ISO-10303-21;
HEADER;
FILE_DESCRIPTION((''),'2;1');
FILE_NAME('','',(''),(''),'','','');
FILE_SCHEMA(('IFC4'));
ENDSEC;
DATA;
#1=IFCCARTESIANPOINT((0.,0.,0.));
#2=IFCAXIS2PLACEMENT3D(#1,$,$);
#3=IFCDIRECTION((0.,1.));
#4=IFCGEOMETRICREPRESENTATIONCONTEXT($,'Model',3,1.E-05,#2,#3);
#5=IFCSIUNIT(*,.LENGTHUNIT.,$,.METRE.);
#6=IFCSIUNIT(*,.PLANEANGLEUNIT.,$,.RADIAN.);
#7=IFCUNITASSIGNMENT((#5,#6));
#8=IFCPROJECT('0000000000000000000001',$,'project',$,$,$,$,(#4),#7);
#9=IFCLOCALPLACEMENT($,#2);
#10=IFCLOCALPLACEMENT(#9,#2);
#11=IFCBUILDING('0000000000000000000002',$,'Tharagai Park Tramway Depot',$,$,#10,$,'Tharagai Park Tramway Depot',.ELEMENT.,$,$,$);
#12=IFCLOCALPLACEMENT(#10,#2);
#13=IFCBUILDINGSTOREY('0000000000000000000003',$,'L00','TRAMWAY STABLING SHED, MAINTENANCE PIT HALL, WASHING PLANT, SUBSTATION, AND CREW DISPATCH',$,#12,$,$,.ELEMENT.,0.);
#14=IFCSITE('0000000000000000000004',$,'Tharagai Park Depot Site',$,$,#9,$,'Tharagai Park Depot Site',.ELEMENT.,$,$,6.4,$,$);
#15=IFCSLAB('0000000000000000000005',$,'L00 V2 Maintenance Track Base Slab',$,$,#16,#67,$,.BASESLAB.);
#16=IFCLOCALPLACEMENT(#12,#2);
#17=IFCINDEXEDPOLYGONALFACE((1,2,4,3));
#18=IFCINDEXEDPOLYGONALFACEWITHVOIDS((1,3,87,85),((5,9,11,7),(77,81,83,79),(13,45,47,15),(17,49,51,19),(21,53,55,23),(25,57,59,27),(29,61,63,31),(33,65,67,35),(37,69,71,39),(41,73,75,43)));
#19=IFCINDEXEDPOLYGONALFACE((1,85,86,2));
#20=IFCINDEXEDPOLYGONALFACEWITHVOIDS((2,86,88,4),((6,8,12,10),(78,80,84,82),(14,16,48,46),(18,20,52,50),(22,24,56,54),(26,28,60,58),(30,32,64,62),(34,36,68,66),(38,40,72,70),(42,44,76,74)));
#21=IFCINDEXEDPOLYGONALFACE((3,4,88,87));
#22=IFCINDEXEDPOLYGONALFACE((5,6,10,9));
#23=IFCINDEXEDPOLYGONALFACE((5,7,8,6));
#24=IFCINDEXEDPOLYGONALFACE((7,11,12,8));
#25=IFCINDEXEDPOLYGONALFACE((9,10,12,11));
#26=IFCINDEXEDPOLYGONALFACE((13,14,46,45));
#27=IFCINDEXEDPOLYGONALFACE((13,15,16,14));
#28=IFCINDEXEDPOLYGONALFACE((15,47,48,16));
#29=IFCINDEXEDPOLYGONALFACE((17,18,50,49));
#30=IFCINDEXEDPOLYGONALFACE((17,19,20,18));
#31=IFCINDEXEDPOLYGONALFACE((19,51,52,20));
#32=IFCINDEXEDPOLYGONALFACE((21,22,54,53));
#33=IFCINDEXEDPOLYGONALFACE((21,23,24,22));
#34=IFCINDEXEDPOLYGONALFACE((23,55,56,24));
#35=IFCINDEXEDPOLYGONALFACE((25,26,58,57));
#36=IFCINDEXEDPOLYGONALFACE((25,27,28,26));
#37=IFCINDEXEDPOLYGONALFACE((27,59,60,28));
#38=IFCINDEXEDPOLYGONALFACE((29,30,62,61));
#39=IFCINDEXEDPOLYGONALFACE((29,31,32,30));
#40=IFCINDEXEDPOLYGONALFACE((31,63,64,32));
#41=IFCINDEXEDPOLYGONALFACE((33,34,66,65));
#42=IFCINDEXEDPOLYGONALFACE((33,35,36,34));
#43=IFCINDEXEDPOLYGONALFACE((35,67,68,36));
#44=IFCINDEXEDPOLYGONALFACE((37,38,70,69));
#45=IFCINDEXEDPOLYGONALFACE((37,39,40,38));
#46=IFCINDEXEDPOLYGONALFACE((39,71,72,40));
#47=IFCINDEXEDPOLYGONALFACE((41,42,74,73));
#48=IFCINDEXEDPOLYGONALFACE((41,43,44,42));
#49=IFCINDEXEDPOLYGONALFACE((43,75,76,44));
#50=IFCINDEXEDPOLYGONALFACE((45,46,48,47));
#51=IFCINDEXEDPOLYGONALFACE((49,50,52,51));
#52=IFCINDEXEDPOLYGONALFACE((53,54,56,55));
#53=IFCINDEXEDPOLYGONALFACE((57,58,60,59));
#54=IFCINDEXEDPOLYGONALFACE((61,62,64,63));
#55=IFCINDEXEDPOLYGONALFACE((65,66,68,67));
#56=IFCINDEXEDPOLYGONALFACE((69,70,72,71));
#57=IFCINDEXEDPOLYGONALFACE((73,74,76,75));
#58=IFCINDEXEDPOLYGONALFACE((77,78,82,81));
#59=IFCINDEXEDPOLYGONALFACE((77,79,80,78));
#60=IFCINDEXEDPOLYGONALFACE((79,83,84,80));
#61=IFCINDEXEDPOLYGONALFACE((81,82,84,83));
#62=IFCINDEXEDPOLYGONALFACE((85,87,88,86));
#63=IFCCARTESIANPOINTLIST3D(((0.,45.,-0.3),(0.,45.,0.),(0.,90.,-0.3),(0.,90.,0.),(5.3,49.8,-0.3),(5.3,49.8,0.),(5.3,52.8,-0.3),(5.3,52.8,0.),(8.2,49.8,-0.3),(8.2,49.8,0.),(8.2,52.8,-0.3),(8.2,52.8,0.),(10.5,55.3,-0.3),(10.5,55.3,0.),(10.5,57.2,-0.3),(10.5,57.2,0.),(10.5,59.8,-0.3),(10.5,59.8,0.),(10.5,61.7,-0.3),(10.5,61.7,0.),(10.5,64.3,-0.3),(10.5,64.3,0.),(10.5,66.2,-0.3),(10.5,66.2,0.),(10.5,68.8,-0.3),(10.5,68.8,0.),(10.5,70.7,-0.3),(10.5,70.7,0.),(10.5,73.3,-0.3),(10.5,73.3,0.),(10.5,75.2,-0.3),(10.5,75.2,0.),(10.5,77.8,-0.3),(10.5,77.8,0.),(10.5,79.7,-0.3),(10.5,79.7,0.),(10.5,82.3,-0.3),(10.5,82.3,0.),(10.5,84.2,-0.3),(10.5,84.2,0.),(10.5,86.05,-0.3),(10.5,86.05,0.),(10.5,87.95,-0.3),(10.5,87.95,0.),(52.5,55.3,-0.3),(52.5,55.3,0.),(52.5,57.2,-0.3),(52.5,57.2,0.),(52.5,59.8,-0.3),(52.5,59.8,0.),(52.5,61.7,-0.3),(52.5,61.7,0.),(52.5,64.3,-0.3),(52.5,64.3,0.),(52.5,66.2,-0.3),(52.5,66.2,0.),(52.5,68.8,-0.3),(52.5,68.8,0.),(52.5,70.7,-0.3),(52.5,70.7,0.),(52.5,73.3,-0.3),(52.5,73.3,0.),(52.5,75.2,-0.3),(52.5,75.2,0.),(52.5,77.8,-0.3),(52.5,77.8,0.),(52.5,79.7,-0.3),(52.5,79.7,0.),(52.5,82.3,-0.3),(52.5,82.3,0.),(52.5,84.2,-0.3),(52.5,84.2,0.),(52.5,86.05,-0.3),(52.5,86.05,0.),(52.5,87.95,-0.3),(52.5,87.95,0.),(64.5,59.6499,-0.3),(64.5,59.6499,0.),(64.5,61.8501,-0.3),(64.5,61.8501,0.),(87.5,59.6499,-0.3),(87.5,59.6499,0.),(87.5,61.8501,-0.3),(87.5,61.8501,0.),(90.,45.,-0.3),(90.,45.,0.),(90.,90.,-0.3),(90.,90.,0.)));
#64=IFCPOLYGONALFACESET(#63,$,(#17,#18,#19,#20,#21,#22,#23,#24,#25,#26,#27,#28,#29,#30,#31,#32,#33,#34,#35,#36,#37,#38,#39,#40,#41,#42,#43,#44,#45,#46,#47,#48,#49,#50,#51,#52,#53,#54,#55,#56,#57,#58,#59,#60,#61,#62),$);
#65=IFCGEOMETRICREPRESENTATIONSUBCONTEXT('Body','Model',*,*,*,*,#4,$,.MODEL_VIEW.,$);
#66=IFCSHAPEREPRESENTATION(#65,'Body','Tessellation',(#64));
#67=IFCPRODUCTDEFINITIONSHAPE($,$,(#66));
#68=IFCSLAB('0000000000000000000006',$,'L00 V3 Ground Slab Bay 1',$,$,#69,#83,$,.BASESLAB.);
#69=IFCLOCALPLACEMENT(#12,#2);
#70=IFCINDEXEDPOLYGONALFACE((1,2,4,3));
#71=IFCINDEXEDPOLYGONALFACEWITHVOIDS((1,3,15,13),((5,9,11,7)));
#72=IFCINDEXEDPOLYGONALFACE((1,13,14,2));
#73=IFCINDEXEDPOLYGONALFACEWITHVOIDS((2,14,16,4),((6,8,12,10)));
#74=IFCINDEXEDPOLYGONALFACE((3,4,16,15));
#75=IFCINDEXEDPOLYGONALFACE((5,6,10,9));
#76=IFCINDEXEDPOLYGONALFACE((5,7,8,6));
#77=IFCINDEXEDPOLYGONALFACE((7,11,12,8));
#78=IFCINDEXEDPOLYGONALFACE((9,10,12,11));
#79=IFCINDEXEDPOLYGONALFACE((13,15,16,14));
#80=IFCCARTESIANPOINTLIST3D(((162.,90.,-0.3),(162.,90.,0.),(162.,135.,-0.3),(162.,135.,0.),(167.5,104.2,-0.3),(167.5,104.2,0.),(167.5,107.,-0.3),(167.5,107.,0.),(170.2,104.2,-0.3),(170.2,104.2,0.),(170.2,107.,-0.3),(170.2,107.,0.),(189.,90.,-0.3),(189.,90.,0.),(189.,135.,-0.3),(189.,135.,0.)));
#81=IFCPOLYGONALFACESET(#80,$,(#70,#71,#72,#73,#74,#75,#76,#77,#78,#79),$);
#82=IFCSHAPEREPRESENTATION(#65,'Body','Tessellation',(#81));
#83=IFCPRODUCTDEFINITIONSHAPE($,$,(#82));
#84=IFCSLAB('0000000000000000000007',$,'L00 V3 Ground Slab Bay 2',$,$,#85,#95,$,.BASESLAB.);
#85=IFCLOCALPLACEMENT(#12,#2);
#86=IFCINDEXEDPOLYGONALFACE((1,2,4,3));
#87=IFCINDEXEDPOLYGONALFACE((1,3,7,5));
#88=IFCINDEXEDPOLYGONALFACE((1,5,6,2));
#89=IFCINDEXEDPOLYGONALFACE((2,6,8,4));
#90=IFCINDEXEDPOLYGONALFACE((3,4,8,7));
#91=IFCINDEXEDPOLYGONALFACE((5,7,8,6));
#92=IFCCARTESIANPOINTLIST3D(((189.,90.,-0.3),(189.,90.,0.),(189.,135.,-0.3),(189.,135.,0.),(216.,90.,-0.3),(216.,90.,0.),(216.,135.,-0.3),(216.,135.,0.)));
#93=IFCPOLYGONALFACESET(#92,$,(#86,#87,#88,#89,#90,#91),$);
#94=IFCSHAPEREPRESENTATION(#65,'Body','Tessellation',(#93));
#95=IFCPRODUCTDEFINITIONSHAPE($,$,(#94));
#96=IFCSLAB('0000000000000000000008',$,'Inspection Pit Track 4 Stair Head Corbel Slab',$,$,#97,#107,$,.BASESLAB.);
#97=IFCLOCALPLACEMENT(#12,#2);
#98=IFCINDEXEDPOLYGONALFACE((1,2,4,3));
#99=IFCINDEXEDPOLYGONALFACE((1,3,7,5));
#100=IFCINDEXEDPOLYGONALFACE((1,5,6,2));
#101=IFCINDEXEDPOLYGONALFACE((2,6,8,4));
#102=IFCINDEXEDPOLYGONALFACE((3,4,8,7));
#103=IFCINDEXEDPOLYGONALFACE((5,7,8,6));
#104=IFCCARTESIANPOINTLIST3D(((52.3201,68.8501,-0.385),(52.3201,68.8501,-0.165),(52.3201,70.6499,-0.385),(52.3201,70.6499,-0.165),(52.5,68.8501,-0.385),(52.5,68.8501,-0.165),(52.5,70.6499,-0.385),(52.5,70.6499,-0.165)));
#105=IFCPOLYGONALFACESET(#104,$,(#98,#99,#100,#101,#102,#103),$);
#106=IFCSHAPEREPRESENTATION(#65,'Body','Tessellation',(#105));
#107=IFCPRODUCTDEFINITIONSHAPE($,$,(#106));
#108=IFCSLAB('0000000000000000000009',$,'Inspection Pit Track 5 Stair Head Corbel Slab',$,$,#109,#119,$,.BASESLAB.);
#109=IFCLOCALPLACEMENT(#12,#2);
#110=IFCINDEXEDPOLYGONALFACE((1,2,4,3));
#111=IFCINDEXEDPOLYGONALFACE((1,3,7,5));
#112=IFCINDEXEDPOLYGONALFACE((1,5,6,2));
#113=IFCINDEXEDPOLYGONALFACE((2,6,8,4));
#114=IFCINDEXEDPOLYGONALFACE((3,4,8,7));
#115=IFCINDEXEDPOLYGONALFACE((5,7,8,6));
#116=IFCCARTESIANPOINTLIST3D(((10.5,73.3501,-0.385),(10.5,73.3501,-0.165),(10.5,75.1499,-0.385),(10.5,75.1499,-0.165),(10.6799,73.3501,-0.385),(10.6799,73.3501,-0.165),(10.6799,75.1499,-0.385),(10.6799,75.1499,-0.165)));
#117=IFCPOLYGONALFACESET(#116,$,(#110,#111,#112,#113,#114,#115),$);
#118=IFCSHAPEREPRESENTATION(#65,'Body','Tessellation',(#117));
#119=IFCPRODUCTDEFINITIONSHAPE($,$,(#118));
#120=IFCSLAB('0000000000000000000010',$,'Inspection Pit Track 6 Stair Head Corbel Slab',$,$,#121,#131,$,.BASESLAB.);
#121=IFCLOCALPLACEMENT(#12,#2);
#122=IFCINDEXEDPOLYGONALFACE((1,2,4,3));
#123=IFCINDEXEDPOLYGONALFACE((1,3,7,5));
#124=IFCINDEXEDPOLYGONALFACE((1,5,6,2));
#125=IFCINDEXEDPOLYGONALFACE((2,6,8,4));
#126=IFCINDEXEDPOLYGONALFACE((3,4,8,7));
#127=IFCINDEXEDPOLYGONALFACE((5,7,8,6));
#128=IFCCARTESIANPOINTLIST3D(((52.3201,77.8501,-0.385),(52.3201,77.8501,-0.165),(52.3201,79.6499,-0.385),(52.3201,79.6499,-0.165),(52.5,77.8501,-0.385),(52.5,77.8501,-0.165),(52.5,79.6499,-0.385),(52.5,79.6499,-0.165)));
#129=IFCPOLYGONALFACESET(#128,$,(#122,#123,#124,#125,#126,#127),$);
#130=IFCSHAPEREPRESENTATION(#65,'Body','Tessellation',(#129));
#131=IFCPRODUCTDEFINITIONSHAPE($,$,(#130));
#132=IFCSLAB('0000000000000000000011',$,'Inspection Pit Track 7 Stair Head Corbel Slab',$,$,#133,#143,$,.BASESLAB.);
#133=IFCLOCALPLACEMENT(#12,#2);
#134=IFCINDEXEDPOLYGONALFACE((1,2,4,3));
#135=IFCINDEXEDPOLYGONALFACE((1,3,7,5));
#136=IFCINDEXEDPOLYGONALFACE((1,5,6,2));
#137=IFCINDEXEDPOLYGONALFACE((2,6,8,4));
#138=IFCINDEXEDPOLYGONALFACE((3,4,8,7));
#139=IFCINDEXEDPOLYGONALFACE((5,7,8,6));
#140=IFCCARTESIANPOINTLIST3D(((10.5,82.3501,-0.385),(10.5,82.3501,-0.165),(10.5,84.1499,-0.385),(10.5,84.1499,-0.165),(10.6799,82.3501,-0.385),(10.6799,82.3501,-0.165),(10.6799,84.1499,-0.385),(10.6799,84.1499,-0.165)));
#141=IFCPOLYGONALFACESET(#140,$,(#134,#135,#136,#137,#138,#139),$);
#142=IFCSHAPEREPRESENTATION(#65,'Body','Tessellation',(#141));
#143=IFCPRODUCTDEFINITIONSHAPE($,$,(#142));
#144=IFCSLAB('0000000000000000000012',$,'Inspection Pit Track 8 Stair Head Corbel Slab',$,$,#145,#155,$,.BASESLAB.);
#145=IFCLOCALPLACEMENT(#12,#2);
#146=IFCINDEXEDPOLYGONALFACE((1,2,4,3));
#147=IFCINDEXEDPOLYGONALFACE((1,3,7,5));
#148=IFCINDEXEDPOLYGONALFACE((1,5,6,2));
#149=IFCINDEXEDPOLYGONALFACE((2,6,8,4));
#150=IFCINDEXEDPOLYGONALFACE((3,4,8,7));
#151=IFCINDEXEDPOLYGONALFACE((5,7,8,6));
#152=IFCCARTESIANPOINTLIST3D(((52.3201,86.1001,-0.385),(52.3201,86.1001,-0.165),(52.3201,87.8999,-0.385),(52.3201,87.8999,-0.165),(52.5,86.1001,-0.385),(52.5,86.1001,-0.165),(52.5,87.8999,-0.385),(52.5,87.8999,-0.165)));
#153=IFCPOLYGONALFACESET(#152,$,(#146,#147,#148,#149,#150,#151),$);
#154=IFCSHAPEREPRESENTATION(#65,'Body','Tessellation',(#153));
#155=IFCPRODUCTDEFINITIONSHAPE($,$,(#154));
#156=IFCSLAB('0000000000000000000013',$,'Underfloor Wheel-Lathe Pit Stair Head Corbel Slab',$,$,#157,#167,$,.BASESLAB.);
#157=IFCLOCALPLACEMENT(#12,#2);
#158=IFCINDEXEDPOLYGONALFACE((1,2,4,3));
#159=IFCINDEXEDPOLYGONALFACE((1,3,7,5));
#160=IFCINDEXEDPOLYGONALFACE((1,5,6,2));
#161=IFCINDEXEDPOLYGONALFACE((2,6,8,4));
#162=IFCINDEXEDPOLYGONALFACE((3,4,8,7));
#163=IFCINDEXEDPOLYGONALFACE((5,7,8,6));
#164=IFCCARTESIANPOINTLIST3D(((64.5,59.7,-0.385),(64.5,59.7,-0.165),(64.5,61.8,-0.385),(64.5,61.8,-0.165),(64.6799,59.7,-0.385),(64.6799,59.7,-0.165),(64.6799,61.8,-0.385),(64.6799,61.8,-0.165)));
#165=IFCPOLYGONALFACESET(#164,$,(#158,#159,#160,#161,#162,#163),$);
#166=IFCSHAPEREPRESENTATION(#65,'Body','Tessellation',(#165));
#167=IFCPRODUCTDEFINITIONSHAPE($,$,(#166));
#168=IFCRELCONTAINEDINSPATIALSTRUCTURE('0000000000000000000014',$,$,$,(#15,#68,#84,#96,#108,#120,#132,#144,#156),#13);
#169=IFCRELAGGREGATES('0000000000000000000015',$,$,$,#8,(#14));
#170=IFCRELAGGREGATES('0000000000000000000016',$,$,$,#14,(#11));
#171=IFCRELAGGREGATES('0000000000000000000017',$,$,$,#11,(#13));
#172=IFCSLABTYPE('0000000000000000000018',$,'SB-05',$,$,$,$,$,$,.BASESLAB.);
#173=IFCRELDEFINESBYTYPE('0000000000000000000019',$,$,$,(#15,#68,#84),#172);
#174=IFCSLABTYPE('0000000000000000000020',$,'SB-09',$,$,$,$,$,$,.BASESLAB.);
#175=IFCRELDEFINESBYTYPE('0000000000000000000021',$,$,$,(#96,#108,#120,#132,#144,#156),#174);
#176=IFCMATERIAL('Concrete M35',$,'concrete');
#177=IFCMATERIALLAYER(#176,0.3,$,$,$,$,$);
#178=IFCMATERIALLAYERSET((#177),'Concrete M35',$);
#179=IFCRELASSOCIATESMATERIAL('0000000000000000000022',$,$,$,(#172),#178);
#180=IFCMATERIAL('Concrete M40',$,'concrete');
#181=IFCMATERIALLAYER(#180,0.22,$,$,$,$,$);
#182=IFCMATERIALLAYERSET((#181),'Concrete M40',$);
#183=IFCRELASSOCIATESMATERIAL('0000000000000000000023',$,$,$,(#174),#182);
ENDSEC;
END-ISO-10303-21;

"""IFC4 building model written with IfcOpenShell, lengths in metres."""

from ifc_helpers import new_model, si_unit, direction, frame, origin, place, context, subcontext, project, spatial, polyline, outline, extrude, material, layer, layer_set, type_object, element, save


model = new_model("IFC4")

# Units and contexts
model_context = context("Model", 3, precision=1e-05, world=origin(), true_north=direction((0.0, 1.0)))
body_context = subcontext(model_context, "Body", "Model", "MODEL_VIEW")
ifc_project = project(units=[si_unit("LENGTHUNIT", "METRE"), si_unit("PLANEANGLEUNIT", "RADIAN")], contexts=[model_context])

# Site, building, storey
site_placement = place(None, origin())
site = spatial("IfcSite", under=ifc_project, at=site_placement, Name="Tharagai Park Depot Site", LongName="Tharagai Park Depot Site", CompositionType="ELEMENT", RefElevation=6.4)
building_placement = place(site_placement, origin())
building = spatial("IfcBuilding", under=site, at=building_placement, Name="Tharagai Park Tramway Depot", LongName="Tharagai Park Tramway Depot", CompositionType="ELEMENT")
storey_placement = place(building_placement, origin())
storey = spatial("IfcBuildingStorey", under=building, at=storey_placement, Name="L00", Description="TRAMWAY STABLING SHED, MAINTENANCE PIT HALL, WASHING PLANT, SUBSTATION, AND CREW DISPATCH", CompositionType="ELEMENT", Elevation=0.0)

# Slabs
ifc_material_1 = material(Name="Concrete M35", Category="concrete")
ifc_layer_1 = layer(ifc_material_1, 0.3)
ifc_layer_set_1 = layer_set([ifc_layer_1], Name="Concrete M35")
slab_type_1 = type_object("IfcSlabType", Name="SB-05", PredefinedType="BASESLAB", material=ifc_layer_set_1)
slab_1_placement = place(storey_placement, frame((0.0, 0.0, -0.3)))
element("IfcSlab", 1, at=slab_1_placement, inside=storey, type_object=slab_type_1, Name="L00 V2 Maintenance Track Base Slab", PredefinedType="BASESLAB", context=body_context, shape_type="SweptSolid", body=[
    extrude(outline(polyline([(0.0, 45.0), (90.0, 45.0), (90.0, 90.0), (0.0, 90.0), (0.0, 45.0)]), holes=[polyline([(10.5, 55.3), (52.5, 55.3), (52.5, 57.2), (10.5, 57.2), (10.5, 55.3)]), polyline([(10.5, 59.8), (52.5, 59.8), (52.5, 61.7), (10.5, 61.7), (10.5, 59.8)]), polyline([(10.5, 64.3), (52.5, 64.3), (52.5, 66.2), (10.5, 66.2), (10.5, 64.3)]), polyline([(10.5, 68.8), (52.5, 68.8), (52.5, 70.7), (10.5, 70.7), (10.5, 68.8)]), polyline([(10.5, 73.3), (52.5, 73.3), (52.5, 75.2), (10.5, 75.2), (10.5, 73.3)]), polyline([(10.5, 77.8), (52.5, 77.8), (52.5, 79.7), (10.5, 79.7), (10.5, 77.8)]), polyline([(10.5, 82.3), (52.5, 82.3), (52.5, 84.2), (10.5, 84.2), (10.5, 82.3)]), polyline([(10.5, 86.05), (52.5, 86.05), (52.5, 87.95), (10.5, 87.95), (10.5, 86.05)]), polyline([(64.5, 59.6499), (87.5, 59.6499), (87.5, 61.8501), (64.5, 61.8501), (64.5, 59.6499)]), polyline([(5.3, 49.8), (8.2, 49.8), (8.2, 52.8), (5.3, 52.8), (5.3, 49.8)])]), origin(), (0.0, 0.0, 1.0), 0.3),
])
slab_2_placement = place(storey_placement, frame((0.0, 0.0, -0.3)))
element("IfcSlab", 2, at=slab_2_placement, inside=storey, type_object=slab_type_1, Name="L00 V3 Ground Slab Bay 1", PredefinedType="BASESLAB", context=body_context, shape_type="SweptSolid", body=[
    extrude(outline(polyline([(162.0, 90.0), (189.0, 90.0), (189.0, 135.0), (162.0, 135.0), (162.0, 90.0)]), holes=[polyline([(167.5, 104.2), (170.2, 104.2), (170.2, 107.0), (167.5, 107.0), (167.5, 104.2)])]), origin(), (0.0, 0.0, 1.0), 0.3),
])
slab_3_placement = place(storey_placement, frame((0.0, 0.0, -0.3)))
element("IfcSlab", 3, at=slab_3_placement, inside=storey, type_object=slab_type_1, Name="L00 V3 Ground Slab Bay 2", PredefinedType="BASESLAB", context=body_context, shape_type="SweptSolid", body=[
    extrude(outline(polyline([(189.0, 90.0), (216.0, 90.0), (216.0, 135.0), (189.0, 135.0), (189.0, 90.0)])), origin(), (0.0, 0.0, 1.0), 0.3),
])
ifc_material_2 = material(Name="Concrete M40", Category="concrete")
ifc_layer_2 = layer(ifc_material_2, 0.22)
ifc_layer_set_2 = layer_set([ifc_layer_2], Name="Concrete M40")
slab_type_2 = type_object("IfcSlabType", Name="SB-09", PredefinedType="BASESLAB", material=ifc_layer_set_2)
slab_4_placement = place(storey_placement, frame((0.0, 0.0, -0.385)))
element("IfcSlab", 4, at=slab_4_placement, inside=storey, type_object=slab_type_2, Name="Inspection Pit Track 4 Stair Head Corbel Slab", PredefinedType="BASESLAB", context=body_context, shape_type="SweptSolid", body=[
    extrude(outline(polyline([(52.3201, 68.8501), (52.5, 68.8501), (52.5, 70.6499), (52.3201, 70.6499), (52.3201, 68.8501)])), origin(), (0.0, 0.0, 1.0), 0.22),
])
slab_5_placement = place(storey_placement, frame((0.0, 0.0, -0.385)))
element("IfcSlab", 5, at=slab_5_placement, inside=storey, type_object=slab_type_2, Name="Inspection Pit Track 5 Stair Head Corbel Slab", PredefinedType="BASESLAB", context=body_context, shape_type="SweptSolid", body=[
    extrude(outline(polyline([(10.5, 73.3501), (10.6799, 73.3501), (10.6799, 75.1499), (10.5, 75.1499), (10.5, 73.3501)])), origin(), (0.0, 0.0, 1.0), 0.22),
])
slab_6_placement = place(storey_placement, frame((0.0, 0.0, -0.385)))
element("IfcSlab", 6, at=slab_6_placement, inside=storey, type_object=slab_type_2, Name="Inspection Pit Track 6 Stair Head Corbel Slab", PredefinedType="BASESLAB", context=body_context, shape_type="SweptSolid", body=[
    extrude(outline(polyline([(52.3201, 77.8501), (52.5, 77.8501), (52.5, 79.6499), (52.3201, 79.6499), (52.3201, 77.8501)])), origin(), (0.0, 0.0, 1.0), 0.22),
])
slab_7_placement = place(storey_placement, frame((0.0, 0.0, -0.385)))
element("IfcSlab", 7, at=slab_7_placement, inside=storey, type_object=slab_type_2, Name="Inspection Pit Track 7 Stair Head Corbel Slab", PredefinedType="BASESLAB", context=body_context, shape_type="SweptSolid", body=[
    extrude(outline(polyline([(10.5, 82.3501), (10.6799, 82.3501), (10.6799, 84.1499), (10.5, 84.1499), (10.5, 82.3501)])), origin(), (0.0, 0.0, 1.0), 0.22),
])
slab_8_placement = place(storey_placement, frame((0.0, 0.0, -0.385)))
element("IfcSlab", 8, at=slab_8_placement, inside=storey, type_object=slab_type_2, Name="Inspection Pit Track 8 Stair Head Corbel Slab", PredefinedType="BASESLAB", context=body_context, shape_type="SweptSolid", body=[
    extrude(outline(polyline([(52.3201, 86.1001), (52.5, 86.1001), (52.5, 87.8999), (52.3201, 87.8999), (52.3201, 86.1001)])), origin(), (0.0, 0.0, 1.0), 0.22),
])
slab_9_placement = place(storey_placement, frame((0.0, 0.0, -0.385)))
element("IfcSlab", 9, at=slab_9_placement, inside=storey, type_object=slab_type_2, Name="Underfloor Wheel-Lathe Pit Stair Head Corbel Slab", PredefinedType="BASESLAB", context=body_context, shape_type="SweptSolid", body=[
    extrude(outline(polyline([(64.5, 59.7), (64.6799, 59.7), (64.6799, 61.8), (64.5, 61.8), (64.5, 59.7)])), origin(), (0.0, 0.0, 1.0), 0.22),
])

save(model, "model.ifc")
